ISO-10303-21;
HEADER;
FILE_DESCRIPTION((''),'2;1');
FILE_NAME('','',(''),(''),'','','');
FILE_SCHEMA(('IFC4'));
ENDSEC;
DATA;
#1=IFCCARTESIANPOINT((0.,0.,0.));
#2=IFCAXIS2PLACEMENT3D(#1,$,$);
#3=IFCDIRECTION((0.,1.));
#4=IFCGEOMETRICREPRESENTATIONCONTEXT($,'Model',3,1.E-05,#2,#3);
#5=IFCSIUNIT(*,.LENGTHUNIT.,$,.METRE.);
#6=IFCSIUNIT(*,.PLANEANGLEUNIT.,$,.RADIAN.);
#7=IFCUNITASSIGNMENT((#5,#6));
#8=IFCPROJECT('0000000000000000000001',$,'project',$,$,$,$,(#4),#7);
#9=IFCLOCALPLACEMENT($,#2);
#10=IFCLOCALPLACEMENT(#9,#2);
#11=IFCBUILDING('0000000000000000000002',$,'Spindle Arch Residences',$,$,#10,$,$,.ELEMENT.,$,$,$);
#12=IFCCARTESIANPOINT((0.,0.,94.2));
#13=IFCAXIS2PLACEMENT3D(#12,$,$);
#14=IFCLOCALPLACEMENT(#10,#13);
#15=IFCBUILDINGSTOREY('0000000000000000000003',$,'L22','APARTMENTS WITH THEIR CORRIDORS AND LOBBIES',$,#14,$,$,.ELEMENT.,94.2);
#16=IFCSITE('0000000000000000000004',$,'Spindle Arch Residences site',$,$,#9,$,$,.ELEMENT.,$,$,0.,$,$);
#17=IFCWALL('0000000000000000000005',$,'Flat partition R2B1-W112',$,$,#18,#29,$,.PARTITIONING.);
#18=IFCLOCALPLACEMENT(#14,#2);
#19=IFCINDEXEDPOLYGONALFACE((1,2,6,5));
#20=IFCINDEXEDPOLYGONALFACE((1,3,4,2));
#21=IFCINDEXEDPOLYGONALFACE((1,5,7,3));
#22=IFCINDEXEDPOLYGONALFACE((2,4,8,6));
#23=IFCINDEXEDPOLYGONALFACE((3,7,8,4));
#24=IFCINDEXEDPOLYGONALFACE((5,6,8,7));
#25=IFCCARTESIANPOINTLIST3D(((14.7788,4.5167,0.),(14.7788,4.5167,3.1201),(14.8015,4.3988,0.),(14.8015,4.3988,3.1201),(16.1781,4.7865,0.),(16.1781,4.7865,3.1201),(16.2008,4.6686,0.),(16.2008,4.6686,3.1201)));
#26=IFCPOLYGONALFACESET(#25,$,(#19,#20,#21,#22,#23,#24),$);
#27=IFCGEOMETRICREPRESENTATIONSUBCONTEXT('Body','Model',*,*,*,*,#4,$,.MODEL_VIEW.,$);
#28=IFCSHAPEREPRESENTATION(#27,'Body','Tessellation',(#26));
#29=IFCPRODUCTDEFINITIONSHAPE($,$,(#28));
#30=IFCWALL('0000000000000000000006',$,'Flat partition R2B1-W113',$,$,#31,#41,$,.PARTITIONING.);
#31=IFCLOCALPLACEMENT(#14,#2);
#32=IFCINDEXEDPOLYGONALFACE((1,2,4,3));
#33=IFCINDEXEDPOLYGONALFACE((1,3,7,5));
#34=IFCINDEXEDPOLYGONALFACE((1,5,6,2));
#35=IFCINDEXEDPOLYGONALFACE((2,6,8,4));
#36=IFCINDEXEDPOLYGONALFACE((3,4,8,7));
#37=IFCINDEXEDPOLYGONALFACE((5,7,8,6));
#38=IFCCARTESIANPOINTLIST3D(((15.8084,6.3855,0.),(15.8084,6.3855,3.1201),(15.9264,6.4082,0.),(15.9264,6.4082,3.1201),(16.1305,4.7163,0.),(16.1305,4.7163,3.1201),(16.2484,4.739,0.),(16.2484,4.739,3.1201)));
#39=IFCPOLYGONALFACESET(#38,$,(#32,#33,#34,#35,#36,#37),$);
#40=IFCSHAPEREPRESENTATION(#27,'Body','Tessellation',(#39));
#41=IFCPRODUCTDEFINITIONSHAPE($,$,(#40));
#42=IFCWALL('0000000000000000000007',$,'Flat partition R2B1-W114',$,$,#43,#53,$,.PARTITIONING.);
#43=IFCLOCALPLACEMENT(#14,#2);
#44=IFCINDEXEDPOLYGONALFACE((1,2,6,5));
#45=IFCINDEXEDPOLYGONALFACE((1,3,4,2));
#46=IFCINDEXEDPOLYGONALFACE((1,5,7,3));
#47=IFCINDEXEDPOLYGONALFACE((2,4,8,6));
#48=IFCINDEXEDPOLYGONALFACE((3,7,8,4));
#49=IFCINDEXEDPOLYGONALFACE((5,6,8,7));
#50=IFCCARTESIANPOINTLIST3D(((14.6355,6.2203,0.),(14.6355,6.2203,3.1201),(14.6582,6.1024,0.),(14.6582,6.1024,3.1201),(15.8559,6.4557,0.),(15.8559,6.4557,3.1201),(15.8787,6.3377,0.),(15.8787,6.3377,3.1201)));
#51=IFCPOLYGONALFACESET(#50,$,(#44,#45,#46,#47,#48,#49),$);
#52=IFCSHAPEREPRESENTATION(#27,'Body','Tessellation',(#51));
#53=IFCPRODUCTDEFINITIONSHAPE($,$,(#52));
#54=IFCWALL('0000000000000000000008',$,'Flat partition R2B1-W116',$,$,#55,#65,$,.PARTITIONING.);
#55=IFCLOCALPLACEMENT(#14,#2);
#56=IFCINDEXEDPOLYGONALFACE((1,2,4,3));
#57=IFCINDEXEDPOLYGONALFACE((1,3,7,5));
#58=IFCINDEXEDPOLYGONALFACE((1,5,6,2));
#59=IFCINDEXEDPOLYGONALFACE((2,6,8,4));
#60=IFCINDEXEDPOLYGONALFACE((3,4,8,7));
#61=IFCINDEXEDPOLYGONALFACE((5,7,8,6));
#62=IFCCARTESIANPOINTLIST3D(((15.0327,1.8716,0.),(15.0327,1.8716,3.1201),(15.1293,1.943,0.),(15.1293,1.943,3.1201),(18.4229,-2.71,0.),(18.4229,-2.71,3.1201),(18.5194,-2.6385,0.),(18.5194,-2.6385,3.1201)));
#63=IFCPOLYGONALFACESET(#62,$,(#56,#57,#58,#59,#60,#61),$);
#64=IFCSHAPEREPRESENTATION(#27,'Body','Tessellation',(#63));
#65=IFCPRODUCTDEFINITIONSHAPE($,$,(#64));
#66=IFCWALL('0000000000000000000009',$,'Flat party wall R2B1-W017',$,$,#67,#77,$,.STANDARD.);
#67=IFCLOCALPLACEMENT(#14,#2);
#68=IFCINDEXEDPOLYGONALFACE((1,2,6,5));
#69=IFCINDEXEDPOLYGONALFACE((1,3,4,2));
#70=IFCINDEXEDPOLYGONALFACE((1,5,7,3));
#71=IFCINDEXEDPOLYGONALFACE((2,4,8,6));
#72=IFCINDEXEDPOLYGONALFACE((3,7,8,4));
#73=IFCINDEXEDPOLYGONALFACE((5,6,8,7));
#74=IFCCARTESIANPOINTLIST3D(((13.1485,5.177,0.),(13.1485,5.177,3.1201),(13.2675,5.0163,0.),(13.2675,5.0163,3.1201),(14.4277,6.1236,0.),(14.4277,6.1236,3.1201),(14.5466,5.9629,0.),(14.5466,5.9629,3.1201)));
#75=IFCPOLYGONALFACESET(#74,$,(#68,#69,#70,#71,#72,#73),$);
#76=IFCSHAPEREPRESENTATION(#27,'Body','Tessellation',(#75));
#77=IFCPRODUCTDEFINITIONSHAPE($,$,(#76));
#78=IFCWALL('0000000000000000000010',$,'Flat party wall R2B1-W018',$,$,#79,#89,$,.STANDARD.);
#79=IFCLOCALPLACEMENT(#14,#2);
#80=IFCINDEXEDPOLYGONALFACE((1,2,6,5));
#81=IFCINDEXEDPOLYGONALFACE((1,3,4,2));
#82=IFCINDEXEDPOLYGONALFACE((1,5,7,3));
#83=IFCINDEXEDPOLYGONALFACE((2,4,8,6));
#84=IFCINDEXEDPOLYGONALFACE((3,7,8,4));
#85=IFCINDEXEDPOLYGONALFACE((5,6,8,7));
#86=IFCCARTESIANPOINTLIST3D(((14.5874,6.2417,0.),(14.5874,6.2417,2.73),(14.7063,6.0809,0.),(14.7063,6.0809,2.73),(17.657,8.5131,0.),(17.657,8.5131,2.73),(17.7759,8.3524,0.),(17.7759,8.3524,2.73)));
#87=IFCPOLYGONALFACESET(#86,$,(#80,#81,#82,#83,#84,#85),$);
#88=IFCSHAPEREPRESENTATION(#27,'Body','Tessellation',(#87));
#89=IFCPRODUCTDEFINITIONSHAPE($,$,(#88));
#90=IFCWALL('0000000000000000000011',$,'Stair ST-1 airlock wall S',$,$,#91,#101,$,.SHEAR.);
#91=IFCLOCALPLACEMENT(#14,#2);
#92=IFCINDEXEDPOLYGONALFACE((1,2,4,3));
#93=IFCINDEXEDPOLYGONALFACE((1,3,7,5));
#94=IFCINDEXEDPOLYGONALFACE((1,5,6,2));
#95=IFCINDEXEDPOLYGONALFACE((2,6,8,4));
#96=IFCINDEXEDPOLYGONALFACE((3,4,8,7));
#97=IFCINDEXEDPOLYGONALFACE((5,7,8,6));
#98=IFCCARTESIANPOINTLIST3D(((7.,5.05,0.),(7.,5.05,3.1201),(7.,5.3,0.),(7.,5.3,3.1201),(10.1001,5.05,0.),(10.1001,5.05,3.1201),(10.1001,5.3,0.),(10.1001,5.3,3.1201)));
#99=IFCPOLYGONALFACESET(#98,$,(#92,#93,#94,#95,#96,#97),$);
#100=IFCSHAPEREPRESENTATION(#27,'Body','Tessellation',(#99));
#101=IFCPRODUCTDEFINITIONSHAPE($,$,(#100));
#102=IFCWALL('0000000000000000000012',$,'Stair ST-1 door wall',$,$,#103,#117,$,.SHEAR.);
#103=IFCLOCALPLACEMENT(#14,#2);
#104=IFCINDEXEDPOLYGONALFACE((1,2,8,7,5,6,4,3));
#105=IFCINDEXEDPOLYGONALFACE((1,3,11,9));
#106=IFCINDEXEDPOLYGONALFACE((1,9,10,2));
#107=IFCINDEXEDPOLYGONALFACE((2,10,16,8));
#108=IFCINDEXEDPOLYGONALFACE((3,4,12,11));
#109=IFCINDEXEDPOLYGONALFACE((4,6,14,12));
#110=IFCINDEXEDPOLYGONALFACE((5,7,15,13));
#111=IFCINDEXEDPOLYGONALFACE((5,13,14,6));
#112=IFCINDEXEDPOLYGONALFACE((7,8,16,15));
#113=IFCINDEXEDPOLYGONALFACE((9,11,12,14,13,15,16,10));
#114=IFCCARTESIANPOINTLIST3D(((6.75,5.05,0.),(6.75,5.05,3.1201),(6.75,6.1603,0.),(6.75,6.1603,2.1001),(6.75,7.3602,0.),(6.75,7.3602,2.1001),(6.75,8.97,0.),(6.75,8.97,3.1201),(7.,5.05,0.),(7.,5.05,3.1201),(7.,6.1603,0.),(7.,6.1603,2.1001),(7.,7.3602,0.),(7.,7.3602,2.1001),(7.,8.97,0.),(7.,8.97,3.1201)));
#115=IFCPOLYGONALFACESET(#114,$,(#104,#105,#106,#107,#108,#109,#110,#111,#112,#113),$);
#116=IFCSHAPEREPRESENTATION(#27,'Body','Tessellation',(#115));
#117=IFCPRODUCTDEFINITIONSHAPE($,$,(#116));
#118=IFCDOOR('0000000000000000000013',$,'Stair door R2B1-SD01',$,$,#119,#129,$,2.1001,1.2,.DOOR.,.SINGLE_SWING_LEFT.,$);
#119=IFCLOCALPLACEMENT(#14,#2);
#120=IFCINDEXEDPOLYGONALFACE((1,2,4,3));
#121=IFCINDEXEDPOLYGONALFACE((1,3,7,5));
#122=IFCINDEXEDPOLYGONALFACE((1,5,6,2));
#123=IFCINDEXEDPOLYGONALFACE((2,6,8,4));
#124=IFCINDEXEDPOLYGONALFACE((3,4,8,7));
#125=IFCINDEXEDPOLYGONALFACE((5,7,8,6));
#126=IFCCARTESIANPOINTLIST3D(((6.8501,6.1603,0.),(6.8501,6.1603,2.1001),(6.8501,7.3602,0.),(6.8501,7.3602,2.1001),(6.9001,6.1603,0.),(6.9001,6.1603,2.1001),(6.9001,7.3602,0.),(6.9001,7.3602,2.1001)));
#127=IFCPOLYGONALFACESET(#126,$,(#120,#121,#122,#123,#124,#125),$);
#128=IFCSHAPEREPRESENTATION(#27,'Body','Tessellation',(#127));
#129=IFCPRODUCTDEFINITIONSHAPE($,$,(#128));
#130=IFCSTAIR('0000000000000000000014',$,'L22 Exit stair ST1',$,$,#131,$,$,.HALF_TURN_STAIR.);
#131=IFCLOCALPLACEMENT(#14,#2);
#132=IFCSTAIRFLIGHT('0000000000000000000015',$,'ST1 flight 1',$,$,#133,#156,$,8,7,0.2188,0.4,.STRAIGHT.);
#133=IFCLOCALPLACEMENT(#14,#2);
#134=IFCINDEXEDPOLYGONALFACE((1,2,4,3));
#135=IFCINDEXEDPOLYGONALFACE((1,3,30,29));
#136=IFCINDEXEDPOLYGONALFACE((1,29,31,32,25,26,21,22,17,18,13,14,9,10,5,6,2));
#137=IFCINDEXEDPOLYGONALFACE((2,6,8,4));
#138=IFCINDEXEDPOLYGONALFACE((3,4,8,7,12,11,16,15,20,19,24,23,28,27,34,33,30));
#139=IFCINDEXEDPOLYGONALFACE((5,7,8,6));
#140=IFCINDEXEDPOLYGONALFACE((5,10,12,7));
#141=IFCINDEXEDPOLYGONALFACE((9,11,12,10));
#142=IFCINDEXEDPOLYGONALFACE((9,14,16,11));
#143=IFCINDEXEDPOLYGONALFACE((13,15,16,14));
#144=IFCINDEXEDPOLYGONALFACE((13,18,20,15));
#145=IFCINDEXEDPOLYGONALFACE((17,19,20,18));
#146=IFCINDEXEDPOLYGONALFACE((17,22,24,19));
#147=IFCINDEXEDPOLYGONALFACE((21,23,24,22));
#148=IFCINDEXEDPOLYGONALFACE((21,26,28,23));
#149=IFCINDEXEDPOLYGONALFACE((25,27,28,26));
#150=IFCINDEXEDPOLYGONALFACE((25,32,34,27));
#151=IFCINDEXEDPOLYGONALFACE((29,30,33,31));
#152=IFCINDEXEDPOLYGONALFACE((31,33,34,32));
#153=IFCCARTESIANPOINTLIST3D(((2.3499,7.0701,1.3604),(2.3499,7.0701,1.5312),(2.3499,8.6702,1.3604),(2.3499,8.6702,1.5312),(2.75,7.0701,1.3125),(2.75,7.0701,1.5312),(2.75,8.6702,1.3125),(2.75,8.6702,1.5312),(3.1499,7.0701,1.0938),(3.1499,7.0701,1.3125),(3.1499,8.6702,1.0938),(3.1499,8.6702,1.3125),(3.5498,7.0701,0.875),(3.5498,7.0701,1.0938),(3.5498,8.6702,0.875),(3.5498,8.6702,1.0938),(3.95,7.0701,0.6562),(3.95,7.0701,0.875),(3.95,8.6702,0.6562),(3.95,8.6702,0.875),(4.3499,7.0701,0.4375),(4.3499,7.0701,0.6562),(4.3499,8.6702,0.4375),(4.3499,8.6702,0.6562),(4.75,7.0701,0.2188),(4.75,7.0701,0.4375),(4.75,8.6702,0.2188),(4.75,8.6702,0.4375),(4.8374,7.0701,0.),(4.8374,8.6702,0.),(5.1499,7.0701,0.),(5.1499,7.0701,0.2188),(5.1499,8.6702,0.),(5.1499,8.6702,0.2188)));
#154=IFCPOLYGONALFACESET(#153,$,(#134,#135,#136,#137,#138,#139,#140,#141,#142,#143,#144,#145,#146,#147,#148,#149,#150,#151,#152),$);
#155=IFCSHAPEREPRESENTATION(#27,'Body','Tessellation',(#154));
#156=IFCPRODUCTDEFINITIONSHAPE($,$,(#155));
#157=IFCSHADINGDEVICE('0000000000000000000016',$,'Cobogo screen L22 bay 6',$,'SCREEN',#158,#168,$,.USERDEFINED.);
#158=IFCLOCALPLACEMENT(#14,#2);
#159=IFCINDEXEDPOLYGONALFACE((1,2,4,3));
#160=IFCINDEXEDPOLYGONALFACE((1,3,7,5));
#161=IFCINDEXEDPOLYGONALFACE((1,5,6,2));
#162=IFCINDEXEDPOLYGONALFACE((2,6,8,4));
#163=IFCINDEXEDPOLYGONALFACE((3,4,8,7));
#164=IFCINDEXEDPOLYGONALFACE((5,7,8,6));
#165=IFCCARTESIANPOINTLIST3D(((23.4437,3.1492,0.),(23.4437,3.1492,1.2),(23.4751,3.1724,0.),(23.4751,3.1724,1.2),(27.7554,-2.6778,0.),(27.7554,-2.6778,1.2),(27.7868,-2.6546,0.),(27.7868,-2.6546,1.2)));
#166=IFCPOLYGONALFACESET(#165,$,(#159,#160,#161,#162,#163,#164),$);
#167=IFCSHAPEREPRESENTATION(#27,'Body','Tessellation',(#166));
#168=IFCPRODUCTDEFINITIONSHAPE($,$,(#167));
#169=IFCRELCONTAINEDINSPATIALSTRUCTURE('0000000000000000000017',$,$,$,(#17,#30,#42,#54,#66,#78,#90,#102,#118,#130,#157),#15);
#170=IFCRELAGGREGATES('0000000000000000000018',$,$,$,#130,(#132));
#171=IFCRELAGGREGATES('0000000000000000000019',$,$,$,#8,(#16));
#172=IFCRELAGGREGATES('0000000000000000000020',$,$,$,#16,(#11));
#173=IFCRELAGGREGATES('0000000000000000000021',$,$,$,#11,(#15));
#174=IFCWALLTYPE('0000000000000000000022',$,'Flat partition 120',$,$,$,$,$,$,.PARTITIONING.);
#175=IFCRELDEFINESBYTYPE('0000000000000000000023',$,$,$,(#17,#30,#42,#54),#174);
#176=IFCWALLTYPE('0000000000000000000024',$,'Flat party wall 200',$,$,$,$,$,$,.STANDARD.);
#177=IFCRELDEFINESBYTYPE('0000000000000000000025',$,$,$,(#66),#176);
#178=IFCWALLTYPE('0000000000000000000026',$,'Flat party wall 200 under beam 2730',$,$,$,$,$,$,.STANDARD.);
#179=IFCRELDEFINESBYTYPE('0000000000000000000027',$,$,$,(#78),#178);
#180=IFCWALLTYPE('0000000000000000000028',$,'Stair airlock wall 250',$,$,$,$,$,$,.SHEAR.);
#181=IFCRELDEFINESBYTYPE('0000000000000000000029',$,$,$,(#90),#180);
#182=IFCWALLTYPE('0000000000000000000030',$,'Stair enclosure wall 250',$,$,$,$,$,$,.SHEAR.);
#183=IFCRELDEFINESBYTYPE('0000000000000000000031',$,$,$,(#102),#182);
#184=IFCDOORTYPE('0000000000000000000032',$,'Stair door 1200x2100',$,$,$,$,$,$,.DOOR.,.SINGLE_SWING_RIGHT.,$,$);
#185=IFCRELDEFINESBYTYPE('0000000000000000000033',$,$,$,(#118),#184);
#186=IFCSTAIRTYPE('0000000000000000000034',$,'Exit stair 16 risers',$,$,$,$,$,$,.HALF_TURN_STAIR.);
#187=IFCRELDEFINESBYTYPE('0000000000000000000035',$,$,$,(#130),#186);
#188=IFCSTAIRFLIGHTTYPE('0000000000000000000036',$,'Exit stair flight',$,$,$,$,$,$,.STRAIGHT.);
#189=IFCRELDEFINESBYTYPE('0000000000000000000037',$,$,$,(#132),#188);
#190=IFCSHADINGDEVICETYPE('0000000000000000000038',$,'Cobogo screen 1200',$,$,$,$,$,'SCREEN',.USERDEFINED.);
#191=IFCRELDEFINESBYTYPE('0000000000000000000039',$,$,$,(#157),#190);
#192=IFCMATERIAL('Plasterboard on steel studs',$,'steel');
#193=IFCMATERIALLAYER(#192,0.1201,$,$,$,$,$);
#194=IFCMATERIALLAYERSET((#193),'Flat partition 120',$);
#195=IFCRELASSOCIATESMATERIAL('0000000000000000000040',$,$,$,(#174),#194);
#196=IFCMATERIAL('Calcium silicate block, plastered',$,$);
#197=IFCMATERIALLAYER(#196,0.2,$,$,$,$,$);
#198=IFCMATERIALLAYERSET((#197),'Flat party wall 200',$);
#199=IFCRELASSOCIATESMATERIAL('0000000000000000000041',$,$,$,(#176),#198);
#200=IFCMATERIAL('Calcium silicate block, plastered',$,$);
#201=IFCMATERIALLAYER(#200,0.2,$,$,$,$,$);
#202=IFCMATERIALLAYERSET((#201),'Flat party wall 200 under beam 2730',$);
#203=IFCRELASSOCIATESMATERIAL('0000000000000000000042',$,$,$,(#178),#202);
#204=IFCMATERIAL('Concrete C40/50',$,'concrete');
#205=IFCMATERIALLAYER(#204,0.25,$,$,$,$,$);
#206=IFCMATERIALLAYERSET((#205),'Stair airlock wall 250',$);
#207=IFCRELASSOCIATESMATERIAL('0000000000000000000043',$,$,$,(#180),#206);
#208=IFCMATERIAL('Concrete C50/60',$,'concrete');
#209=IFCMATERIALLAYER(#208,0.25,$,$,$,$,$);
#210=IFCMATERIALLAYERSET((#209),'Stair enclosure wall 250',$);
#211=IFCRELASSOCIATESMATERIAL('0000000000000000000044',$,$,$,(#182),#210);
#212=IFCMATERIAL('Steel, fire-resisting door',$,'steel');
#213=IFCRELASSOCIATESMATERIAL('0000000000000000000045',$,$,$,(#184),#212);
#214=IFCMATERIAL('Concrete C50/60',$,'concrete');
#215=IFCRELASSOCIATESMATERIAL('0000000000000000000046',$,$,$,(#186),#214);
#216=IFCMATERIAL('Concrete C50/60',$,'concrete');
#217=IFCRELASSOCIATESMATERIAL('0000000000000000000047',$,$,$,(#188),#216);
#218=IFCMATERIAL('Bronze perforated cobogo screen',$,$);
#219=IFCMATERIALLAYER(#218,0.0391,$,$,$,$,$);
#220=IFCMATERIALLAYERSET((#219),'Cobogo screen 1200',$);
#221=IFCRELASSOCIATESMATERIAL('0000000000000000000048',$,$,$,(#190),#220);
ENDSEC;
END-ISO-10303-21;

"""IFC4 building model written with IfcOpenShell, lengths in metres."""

from ifc_helpers import new_model, si_unit, direction, frame, frame_2d, origin, origin_2d, place, context, subcontext, project, spatial, polyline, rectangle, outline, extrude, material, layer, layer_set, type_object, element, fill, aggregate, save


model = new_model("IFC4")

# Units and contexts
model_context = context("Model", 3, precision=1e-05, world=origin(), true_north=direction((0.0, 1.0)))
body_context = subcontext(model_context, "Body", "Model", "MODEL_VIEW")
ifc_project = project(units=[si_unit("LENGTHUNIT", "METRE"), si_unit("PLANEANGLEUNIT", "RADIAN")], contexts=[model_context])

# Site, building, storey
site_placement = place(None, origin())
site = spatial("IfcSite", under=ifc_project, at=site_placement, Name="Spindle Arch Residences site", CompositionType="ELEMENT", RefElevation=0.0)
building_placement = place(site_placement, origin())
building = spatial("IfcBuilding", under=site, at=building_placement, Name="Spindle Arch Residences", CompositionType="ELEMENT")
storey_placement = place(building_placement, frame((0.0, 0.0, 94.2)))
storey = spatial("IfcBuildingStorey", under=building, at=storey_placement, Name="L22", Description="APARTMENTS WITH THEIR CORRIDORS AND LOBBIES", CompositionType="ELEMENT", Elevation=94.2)

# Shared definitions
ifc_material_1 = material(Name="Plasterboard on steel studs", Category="steel")
ifc_layer_1 = layer(ifc_material_1, 0.1201)
ifc_layer_set_1 = layer_set([ifc_layer_1], Name="Flat partition 120")
wall_type_1 = type_object("IfcWallType", Name="Flat partition 120", PredefinedType="PARTITIONING", material=ifc_layer_set_1)

# Walls
wall_1_placement = place(storey_placement, frame((14.7903, 4.4578, 0.0), z_axis=(0.0, 0.0, 1.0), x_axis=(0.981915, 0.189324, 0.0)))
element("IfcWall", 1, at=wall_1_placement, inside=storey, type_object=wall_type_1, Name="Flat partition R2B1-W112", PredefinedType="PARTITIONING", context=body_context, shape_type="SweptSolid", body=[
    extrude(rectangle(XDim=1.425, YDim=0.1201, at=frame_2d((0.7124, 0.0))), origin(), (0.0, 0.0, 1.0), 3.1201),
])
wall_2_placement = place(storey_placement, frame((16.1895, 4.7275, 0.0), z_axis=(0.0, 0.0, 1.0), x_axis=(-0.189428, 0.981895, 0.0)))
element("IfcWall", 2, at=wall_2_placement, inside=storey, type_object=wall_type_1, Name="Flat partition R2B1-W113", PredefinedType="PARTITIONING", context=body_context, shape_type="SweptSolid", body=[
    extrude(rectangle(XDim=1.7, YDim=0.1201, at=frame_2d((0.8501, 0.0))), origin(), (0.0, 0.0, 1.0), 3.1201),
])
wall_3_placement = place(storey_placement, frame((15.8674, 6.3967, 0.0), z_axis=(0.0, 0.0, 1.0), x_axis=(-0.98191, -0.18935, 0.0)))
element("IfcWall", 3, at=wall_3_placement, inside=storey, type_object=wall_type_1, Name="Flat partition R2B1-W114", PredefinedType="PARTITIONING", context=body_context, shape_type="SweptSolid", body=[
    extrude(rectangle(XDim=1.2429, YDim=0.1201, at=frame_2d((0.6216, 0.0))), origin(), (0.0, 0.0, 1.0), 3.1201),
])
wall_4_placement = place(storey_placement, frame((15.0811, 1.9072, 0.0), z_axis=(0.0, 0.0, 1.0), x_axis=(0.59482, -0.803859, 0.0)))
element("IfcWall", 4, at=wall_4_placement, inside=storey, type_object=wall_type_1, Name="Flat partition R2B1-W116", PredefinedType="PARTITIONING", context=body_context, shape_type="SweptSolid", body=[
    extrude(rectangle(XDim=5.6995, YDim=0.1201, at=frame_2d((2.8496, 0.0))), origin(), (0.0, 0.0, 1.0), 3.1201),
])
ifc_material_2 = material(Name="Calcium silicate block, plastered")
ifc_layer_2 = layer(ifc_material_2, 0.2)
ifc_layer_set_2 = layer_set([ifc_layer_2], Name="Flat party wall 200")
wall_type_2 = type_object("IfcWallType", Name="Flat party wall 200", PredefinedType="STANDARD", material=ifc_layer_set_2)
wall_5_placement = place(storey_placement, frame((13.208, 5.0967, 0.0), z_axis=(0.0, 0.0, 1.0), x_axis=(0.803832, 0.594857, 0.0)))
element("IfcWall", 5, at=wall_5_placement, inside=storey, type_object=wall_type_2, Name="Flat party wall R2B1-W017", PredefinedType="STANDARD", context=body_context, shape_type="SweptSolid", body=[
    extrude(rectangle(XDim=1.5913, YDim=0.2, at=frame_2d((0.7957, 0.0))), origin(), (0.0, 0.0, 1.0), 3.1201),
])
ifc_material_3 = material(Name="Calcium silicate block, plastered")
ifc_layer_3 = layer(ifc_material_3, 0.2)
ifc_layer_set_3 = layer_set([ifc_layer_3], Name="Flat party wall 200 under beam 2730")
wall_type_3 = type_object("IfcWallType", Name="Flat party wall 200 under beam 2730", PredefinedType="STANDARD", material=ifc_layer_set_3)
wall_6_placement = place(storey_placement, frame((14.647, 6.1614, 0.0), z_axis=(0.0, 0.0, 1.0), x_axis=(0.803843, 0.594842, 0.0)))
element("IfcWall", 6, at=wall_6_placement, inside=storey, type_object=wall_type_3, Name="Flat party wall R2B1-W018", PredefinedType="STANDARD", context=body_context, shape_type="SweptSolid", body=[
    extrude(rectangle(XDim=3.8186, YDim=0.2, at=frame_2d((1.9092, 0.0))), origin(), (0.0, 0.0, 1.0), 2.73),
])
ifc_material_4 = material(Name="Concrete C40/50", Category="concrete")
ifc_layer_4 = layer(ifc_material_4, 0.25)
ifc_layer_set_4 = layer_set([ifc_layer_4], Name="Stair airlock wall 250")
wall_type_4 = type_object("IfcWallType", Name="Stair airlock wall 250", PredefinedType="SHEAR", material=ifc_layer_set_4)
wall_7_placement = place(storey_placement, frame((7.0, 5.175, 0.0), z_axis=(0.0, 0.0, 1.0), x_axis=(1.0, 0.0, 0.0)))
element("IfcWall", 7, at=wall_7_placement, inside=storey, type_object=wall_type_4, Name="Stair ST-1 airlock wall S", PredefinedType="SHEAR", context=body_context, shape_type="SweptSolid", body=[
    extrude(rectangle(XDim=3.1001, YDim=0.25, at=frame_2d((1.55, 0.0))), origin(), (0.0, 0.0, 1.0), 3.1201),
])

# Wall, opening, door
ifc_material_5 = material(Name="Concrete C50/60", Category="concrete")
ifc_layer_5 = layer(ifc_material_5, 0.25)
ifc_layer_set_5 = layer_set([ifc_layer_5], Name="Stair enclosure wall 250")
wall_type_5 = type_object("IfcWallType", Name="Stair enclosure wall 250", PredefinedType="SHEAR", material=ifc_layer_set_5)
wall_8_placement = place(storey_placement, frame((6.875, 5.05, 0.0), z_axis=(0.0, 0.0, 1.0), x_axis=(0.0, 1.0, 0.0)))
wall_8 = element("IfcWall", 8, at=wall_8_placement, inside=storey, type_object=wall_type_5, Name="Stair ST-1 door wall", PredefinedType="SHEAR", context=body_context, shape_type="SweptSolid", body=[
    extrude(rectangle(XDim=3.9199, YDim=0.25, at=frame_2d((1.96, 0.0))), origin(), (0.0, 0.0, 1.0), 3.1201),
])
opening_1_placement = place(wall_8_placement, frame((1.1101, 0.0, 0.0)))
opening_1 = element("IfcOpeningElement", 9, at=opening_1_placement, cuts=wall_8, PredefinedType="OPENING", context=body_context, shape_type="SweptSolid", body=[
    extrude(rectangle(XDim=1.2, YDim=2.1001, at=frame_2d((0.6001, 1.05))), frame((0.0, 0.135, 0.0), z_axis=(0.0, -1.0, 0.0), x_axis=(1.0, 0.0, 0.0)), (0.0, 0.0, 1.0), 0.27),
])
ifc_material_6 = material(Name="Steel, fire-resisting door", Category="steel")
door_type_1 = type_object("IfcDoorType", Name="Stair door 1200x2100", OperationType="SINGLE_SWING_RIGHT", PredefinedType="DOOR", material=ifc_material_6)
door_1_placement = place(opening_1_placement, origin())
door_1 = element("IfcDoor", 10, at=door_1_placement, inside=storey, type_object=door_type_1, Name="Stair door R2B1-SD01", OperationType="SINGLE_SWING_LEFT", OverallHeight=2.1001, OverallWidth=1.2, PredefinedType="DOOR", context=body_context, shape_type="SweptSolid", body=[
    extrude(rectangle(XDim=1.2, YDim=2.1001, at=frame_2d((0.6001, 1.05))), frame((0.0, 0.0249, 0.0), z_axis=(0.0, -1.0, 0.0), x_axis=(1.0, 0.0, 0.0)), (0.0, 0.0, 1.0), 0.05),
])
fill(opening_1, door_1)

# Stair, stair flight
ifc_material_7 = material(Name="Concrete C50/60", Category="concrete")
stair_type = type_object("IfcStairType", Name="Exit stair 16 risers", PredefinedType="HALF_TURN_STAIR", material=ifc_material_7)
stair_placement = place(storey_placement, origin())
stair = element("IfcStair", 11, at=stair_placement, inside=storey, type_object=stair_type, Name="L22 Exit stair ST1", PredefinedType="HALF_TURN_STAIR")
ifc_material_8 = material(Name="Concrete C50/60", Category="concrete")
stair_flight_type = type_object("IfcStairFlightType", Name="Exit stair flight", PredefinedType="STRAIGHT", material=ifc_material_8)
stair_flight_placement = place(storey_placement, frame((5.1499, 7.8701, 0.0), z_axis=(0.0, 0.0, 1.0), x_axis=(-1.0, 0.0, 0.0)))
stair_flight = element("IfcStairFlight", 12, at=stair_flight_placement, type_object=stair_flight_type, Name="ST1 flight 1", NumberOfRisers=8, NumberOfTreads=7, PredefinedType="STRAIGHT", RiserHeight=0.2188, TreadLength=0.4, context=body_context, shape_type="SweptSolid", body=[
    extrude(outline(polyline([(0.0, 0.0), (0.0, 0.2188), (0.3999, 0.2188), (0.3999, 0.4375), (0.8, 0.4375), (0.8, 0.6562), (1.2, 0.6562), (1.2, 0.875), (1.6001, 0.875), (1.6001, 1.0938), (2.0, 1.0938), (2.0, 1.3125), (2.3999, 1.3125), (2.3999, 1.5312), (2.8, 1.5312), (2.8, 1.75), (2.8, 1.3604), (0.3125, 0.0), (0.0, 0.0)])), frame((0.0, 0.8, 0.0), z_axis=(0.0, -1.0, 0.0), x_axis=(1.0, 0.0, 0.0)), (0.0, 0.0, 1.0), 1.6001),
])
aggregate(stair, [stair_flight])

# Shading device
ifc_material_9 = material(Name="Bronze perforated cobogo screen")
ifc_layer_6 = layer(ifc_material_9, 0.0391)
ifc_layer_set_6 = layer_set([ifc_layer_6], Name="Cobogo screen 1200")
shading_device_type = type_object("IfcShadingDeviceType", Name="Cobogo screen 1200", ElementType="SCREEN", PredefinedType="USERDEFINED", material=ifc_layer_set_6)
shading_device_placement = place(storey_placement, frame((25.6152, 0.2473, 0.0), z_axis=(0.0, 0.0, 1.0), x_axis=(-0.594823, 0.803857, 0.0)))
element("IfcShadingDevice", 13, at=shading_device_placement, inside=storey, type_object=shading_device_type, Name="Cobogo screen L22 bay 6", ObjectType="SCREEN", PredefinedType="USERDEFINED", context=body_context, shape_type="SweptSolid", body=[
    extrude(rectangle(XDim=7.2488, YDim=0.0391, at=origin_2d()), origin(), (0.0, 0.0, 1.0), 1.2),
])

save(model, "model.ifc")
